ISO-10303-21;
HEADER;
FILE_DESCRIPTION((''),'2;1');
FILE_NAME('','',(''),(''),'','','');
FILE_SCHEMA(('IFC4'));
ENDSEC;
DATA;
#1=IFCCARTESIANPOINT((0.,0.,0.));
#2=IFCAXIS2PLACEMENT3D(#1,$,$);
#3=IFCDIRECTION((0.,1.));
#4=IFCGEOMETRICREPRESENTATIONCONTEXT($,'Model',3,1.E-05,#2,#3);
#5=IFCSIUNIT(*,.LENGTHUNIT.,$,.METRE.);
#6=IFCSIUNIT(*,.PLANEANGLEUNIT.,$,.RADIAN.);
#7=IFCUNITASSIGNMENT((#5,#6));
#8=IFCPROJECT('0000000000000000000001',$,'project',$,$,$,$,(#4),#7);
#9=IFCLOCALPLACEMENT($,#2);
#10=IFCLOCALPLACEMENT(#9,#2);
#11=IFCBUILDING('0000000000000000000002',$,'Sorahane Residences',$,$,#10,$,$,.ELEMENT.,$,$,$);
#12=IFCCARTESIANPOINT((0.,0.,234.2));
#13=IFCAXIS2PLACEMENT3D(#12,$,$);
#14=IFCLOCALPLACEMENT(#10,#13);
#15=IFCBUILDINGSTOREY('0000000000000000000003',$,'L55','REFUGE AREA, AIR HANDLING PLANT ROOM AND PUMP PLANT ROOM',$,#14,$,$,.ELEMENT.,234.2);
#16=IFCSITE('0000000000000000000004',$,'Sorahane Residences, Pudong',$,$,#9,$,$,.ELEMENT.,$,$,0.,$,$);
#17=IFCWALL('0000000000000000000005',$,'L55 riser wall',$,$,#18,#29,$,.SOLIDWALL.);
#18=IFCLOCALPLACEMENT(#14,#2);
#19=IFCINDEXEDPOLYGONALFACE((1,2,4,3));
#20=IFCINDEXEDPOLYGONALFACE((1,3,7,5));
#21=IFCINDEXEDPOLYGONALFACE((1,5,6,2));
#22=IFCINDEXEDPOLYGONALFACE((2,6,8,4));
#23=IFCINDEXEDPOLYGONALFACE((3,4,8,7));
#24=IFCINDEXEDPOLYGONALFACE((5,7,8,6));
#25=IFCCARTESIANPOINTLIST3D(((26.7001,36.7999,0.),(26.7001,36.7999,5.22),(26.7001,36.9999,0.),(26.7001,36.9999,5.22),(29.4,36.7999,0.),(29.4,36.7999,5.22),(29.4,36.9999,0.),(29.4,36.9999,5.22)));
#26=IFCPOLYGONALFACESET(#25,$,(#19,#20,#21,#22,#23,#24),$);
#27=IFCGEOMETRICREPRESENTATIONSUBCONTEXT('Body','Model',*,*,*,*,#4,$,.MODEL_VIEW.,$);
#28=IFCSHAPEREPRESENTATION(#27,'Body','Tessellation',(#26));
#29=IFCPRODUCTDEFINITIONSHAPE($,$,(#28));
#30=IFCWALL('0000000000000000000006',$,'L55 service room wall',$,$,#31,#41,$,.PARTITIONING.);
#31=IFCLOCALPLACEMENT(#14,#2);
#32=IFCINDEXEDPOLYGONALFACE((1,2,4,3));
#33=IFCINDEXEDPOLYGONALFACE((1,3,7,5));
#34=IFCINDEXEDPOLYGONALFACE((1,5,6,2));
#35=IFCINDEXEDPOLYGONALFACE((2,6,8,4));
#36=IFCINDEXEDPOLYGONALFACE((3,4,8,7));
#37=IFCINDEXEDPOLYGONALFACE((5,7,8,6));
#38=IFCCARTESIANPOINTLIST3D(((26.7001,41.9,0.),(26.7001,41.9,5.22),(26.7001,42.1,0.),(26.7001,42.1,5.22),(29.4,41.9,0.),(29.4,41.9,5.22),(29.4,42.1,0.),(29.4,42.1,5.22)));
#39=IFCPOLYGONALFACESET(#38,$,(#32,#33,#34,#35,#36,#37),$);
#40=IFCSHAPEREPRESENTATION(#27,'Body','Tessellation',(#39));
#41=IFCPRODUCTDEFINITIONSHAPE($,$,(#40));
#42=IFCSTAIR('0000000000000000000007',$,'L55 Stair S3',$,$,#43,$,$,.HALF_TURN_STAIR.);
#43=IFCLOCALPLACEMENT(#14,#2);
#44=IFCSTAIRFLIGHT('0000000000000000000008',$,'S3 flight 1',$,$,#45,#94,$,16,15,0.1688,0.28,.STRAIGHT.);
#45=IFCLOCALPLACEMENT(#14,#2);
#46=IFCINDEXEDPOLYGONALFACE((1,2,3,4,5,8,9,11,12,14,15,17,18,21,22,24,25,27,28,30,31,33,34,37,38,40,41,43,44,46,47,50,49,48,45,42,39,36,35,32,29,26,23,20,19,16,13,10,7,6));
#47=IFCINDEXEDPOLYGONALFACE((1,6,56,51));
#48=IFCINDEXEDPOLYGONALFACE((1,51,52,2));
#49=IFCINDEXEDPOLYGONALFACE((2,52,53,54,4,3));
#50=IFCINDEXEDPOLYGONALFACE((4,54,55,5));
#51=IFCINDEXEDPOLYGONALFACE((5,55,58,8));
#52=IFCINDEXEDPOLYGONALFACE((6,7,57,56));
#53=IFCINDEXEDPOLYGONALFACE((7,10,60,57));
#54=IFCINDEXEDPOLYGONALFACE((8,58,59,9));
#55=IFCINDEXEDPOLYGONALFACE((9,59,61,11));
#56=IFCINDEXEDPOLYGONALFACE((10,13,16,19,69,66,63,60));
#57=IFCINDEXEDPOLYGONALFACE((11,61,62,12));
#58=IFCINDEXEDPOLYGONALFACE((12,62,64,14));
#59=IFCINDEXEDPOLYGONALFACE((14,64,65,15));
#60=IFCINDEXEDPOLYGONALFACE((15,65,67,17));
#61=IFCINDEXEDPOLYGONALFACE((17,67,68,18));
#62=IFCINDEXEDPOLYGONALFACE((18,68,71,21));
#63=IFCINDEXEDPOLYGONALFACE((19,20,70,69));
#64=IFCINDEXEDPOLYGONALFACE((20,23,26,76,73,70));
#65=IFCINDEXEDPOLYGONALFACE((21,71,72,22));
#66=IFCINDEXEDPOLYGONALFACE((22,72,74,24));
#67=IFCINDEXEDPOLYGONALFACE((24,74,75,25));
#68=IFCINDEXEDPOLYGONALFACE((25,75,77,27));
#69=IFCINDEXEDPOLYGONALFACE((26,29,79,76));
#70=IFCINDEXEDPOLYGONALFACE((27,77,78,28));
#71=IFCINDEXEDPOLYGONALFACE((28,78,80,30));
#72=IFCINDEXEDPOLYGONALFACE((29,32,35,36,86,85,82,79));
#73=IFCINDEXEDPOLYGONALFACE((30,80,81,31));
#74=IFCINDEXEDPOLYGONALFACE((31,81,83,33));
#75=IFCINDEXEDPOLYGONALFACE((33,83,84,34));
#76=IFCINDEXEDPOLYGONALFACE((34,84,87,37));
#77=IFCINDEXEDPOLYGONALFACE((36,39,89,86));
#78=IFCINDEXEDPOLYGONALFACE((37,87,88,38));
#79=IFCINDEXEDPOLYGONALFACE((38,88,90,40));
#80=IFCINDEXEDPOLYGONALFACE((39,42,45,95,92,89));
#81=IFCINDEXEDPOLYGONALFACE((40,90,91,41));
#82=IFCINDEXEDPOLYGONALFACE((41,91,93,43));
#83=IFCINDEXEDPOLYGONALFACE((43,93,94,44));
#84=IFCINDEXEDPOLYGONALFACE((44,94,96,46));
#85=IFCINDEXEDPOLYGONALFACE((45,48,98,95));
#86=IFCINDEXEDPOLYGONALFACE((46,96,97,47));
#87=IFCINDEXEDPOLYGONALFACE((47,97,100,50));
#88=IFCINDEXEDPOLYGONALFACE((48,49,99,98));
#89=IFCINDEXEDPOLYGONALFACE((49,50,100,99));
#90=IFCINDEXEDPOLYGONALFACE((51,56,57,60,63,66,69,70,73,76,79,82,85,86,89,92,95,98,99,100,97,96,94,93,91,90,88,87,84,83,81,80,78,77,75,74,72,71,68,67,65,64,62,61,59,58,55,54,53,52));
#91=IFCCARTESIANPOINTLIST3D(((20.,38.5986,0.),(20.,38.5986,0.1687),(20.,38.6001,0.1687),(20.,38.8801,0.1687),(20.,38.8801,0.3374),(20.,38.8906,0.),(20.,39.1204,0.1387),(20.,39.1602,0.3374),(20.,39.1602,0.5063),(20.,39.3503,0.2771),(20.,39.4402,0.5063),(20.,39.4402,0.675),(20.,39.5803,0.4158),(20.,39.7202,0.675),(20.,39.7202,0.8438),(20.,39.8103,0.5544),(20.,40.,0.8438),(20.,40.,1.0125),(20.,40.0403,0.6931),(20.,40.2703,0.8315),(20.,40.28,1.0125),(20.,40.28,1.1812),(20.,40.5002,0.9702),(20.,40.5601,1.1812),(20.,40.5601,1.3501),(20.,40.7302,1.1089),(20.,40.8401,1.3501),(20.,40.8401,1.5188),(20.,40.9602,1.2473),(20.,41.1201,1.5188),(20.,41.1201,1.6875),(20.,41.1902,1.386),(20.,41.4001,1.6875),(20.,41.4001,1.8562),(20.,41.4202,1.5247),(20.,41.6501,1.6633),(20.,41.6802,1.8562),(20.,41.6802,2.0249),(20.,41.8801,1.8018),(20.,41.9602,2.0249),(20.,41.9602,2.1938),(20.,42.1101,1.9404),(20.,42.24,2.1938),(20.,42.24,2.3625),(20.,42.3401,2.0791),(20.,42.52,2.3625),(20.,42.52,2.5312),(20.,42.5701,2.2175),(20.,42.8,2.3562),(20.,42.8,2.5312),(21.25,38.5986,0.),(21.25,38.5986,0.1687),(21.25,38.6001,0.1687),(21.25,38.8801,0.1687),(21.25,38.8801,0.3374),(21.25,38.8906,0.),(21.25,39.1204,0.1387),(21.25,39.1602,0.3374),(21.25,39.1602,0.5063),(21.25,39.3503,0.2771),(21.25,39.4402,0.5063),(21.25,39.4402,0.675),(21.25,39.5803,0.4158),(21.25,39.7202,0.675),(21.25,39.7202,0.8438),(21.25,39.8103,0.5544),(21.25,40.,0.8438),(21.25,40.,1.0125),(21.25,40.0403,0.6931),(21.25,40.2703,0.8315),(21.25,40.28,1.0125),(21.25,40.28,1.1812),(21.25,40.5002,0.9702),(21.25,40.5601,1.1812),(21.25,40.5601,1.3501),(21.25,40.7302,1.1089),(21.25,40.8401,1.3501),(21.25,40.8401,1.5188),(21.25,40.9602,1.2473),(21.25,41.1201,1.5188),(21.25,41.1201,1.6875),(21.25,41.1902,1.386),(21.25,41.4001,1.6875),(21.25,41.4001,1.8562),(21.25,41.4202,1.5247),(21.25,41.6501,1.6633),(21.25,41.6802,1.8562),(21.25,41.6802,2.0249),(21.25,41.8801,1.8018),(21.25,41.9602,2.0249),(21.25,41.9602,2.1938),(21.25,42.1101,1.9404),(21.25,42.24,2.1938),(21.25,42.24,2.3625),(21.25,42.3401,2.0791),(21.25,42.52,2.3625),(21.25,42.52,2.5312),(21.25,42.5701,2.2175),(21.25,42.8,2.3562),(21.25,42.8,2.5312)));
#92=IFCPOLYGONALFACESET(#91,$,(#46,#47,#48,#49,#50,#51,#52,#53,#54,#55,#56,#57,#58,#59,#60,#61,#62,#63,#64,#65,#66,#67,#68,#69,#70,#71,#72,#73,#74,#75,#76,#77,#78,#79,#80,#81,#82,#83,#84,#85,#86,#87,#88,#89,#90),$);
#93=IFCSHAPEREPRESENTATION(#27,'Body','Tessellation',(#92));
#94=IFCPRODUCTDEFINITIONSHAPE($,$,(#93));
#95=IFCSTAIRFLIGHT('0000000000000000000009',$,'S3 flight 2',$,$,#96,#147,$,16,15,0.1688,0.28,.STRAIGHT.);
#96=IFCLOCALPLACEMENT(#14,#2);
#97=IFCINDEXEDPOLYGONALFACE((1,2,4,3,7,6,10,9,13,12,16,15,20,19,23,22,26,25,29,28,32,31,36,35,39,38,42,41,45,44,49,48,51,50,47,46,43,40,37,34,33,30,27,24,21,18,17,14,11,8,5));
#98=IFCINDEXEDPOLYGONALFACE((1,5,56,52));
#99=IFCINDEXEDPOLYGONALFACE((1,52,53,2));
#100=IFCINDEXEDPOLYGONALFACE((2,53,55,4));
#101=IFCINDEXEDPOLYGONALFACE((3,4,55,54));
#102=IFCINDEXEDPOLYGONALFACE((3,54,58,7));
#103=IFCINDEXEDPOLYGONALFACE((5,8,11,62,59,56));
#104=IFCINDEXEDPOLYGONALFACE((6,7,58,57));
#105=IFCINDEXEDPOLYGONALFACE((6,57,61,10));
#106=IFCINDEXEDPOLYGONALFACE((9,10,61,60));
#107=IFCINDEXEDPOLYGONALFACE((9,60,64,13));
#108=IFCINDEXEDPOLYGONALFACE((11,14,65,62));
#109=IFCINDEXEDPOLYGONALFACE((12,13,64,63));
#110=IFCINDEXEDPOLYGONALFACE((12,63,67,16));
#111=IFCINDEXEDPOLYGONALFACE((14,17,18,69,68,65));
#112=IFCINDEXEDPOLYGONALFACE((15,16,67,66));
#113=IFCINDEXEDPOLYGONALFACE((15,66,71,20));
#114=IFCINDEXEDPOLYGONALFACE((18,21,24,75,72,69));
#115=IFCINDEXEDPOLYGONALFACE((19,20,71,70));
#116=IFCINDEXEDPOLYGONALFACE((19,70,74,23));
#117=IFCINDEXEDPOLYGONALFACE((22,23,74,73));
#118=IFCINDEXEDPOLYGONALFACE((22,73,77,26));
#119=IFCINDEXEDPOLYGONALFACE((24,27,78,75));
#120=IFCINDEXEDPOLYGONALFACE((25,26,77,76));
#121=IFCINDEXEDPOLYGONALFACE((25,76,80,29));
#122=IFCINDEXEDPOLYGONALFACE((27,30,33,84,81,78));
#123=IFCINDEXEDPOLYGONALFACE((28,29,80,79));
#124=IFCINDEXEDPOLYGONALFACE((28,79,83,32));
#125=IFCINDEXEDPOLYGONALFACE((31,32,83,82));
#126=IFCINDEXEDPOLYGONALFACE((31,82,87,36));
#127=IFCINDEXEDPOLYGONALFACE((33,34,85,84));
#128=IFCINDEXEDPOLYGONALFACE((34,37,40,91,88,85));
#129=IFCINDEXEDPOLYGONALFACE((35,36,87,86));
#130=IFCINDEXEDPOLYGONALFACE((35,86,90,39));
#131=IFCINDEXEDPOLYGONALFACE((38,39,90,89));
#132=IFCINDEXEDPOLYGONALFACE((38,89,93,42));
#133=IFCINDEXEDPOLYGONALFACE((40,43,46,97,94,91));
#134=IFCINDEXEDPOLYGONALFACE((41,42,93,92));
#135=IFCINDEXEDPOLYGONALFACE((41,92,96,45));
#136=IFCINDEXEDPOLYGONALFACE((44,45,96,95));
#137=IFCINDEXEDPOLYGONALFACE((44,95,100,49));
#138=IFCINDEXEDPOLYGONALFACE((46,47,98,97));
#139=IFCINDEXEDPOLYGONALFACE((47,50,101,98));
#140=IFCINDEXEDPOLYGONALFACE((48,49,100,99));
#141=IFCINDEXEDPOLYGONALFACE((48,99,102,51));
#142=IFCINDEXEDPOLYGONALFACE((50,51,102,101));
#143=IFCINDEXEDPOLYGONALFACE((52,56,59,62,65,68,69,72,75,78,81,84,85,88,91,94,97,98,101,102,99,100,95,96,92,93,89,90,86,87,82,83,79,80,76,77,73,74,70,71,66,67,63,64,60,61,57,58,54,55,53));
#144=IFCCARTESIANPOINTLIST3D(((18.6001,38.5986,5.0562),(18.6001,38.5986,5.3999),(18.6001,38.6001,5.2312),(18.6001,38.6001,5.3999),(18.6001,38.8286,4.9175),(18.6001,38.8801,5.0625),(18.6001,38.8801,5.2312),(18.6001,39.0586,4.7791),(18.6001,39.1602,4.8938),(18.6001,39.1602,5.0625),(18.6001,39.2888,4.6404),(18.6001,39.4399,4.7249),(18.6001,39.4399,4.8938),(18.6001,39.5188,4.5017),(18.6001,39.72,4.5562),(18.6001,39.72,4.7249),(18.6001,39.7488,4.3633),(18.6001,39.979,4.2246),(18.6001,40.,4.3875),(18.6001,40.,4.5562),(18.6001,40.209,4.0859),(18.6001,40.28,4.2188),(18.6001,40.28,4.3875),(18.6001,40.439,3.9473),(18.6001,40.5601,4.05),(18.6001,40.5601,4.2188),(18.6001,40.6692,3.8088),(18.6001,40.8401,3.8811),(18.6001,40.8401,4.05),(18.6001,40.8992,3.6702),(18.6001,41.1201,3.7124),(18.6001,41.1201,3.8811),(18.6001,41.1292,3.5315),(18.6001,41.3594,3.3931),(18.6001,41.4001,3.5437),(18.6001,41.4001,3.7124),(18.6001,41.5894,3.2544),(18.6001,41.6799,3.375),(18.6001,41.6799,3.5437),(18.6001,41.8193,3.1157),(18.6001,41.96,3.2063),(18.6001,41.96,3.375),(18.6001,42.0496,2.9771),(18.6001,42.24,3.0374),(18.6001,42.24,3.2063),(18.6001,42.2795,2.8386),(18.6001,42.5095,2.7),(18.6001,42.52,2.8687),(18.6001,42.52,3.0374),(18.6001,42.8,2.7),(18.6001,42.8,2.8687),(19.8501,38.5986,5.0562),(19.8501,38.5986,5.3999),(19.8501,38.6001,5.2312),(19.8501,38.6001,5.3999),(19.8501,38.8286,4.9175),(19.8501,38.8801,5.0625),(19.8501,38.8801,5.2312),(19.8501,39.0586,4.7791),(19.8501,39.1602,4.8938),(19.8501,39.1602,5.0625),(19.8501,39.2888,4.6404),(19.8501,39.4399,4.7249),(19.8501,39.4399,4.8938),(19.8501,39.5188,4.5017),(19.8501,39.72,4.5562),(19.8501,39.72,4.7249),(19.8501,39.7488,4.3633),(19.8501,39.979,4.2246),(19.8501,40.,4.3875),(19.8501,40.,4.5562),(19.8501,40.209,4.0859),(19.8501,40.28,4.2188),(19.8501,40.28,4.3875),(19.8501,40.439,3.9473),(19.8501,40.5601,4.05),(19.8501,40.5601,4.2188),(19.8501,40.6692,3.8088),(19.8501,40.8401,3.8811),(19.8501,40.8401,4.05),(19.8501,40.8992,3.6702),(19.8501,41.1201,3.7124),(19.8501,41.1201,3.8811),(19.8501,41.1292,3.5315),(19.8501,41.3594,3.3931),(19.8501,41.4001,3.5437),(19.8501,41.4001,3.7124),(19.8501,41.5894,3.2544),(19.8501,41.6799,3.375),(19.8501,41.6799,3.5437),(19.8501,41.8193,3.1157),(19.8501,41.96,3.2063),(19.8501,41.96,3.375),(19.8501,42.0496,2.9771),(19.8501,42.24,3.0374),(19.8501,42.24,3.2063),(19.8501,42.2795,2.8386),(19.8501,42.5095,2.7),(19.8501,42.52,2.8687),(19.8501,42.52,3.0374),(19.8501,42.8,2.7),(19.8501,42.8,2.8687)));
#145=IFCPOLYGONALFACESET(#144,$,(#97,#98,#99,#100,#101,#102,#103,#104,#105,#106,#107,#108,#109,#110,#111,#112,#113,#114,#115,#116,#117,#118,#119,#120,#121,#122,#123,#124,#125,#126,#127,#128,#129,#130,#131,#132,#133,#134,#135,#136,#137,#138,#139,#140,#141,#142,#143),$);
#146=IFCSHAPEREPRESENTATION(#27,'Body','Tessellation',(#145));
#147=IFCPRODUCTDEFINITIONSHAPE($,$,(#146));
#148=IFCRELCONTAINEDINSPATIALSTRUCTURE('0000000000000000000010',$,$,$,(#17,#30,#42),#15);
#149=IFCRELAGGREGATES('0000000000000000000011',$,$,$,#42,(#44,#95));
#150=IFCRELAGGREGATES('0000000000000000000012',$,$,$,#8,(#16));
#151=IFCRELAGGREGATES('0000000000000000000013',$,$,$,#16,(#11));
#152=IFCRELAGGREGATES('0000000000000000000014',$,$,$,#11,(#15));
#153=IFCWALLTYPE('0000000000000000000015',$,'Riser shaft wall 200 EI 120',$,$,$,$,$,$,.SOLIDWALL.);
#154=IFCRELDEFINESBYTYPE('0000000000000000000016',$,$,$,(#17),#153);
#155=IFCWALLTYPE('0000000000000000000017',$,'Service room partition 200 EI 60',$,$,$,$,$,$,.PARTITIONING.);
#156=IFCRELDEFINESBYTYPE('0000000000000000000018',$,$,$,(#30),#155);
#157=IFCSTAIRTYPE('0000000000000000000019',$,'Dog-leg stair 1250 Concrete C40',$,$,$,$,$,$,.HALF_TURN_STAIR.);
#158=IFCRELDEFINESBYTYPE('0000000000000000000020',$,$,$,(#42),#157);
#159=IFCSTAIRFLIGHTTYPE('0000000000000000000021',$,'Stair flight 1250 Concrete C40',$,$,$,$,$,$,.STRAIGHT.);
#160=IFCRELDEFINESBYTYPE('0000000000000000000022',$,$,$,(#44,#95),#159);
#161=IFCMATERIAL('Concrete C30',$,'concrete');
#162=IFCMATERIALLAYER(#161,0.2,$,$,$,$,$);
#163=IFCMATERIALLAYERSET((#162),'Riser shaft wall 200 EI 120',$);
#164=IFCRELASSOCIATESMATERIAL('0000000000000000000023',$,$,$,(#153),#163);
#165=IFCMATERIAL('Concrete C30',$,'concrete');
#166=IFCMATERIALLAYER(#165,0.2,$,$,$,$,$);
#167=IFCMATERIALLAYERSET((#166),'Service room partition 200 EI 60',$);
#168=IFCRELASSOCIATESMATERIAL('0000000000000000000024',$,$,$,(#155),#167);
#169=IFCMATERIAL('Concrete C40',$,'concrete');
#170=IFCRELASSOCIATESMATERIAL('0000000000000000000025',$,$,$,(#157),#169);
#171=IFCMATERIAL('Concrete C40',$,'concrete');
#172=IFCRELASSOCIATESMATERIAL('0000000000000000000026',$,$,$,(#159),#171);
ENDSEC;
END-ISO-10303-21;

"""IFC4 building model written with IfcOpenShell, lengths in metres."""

from ifc_helpers import new_model, si_unit, direction, frame, frame_2d, origin, place, context, subcontext, project, spatial, polyline, rectangle, outline, extrude, material, layer, layer_set, type_object, element, aggregate, save


model = new_model("IFC4")

# Units and contexts
model_context = context("Model", 3, precision=1e-05, world=origin(), true_north=direction((0.0, 1.0)))
body_context = subcontext(model_context, "Body", "Model", "MODEL_VIEW")
ifc_project = project(units=[si_unit("LENGTHUNIT", "METRE"), si_unit("PLANEANGLEUNIT", "RADIAN")], contexts=[model_context])

# Site, building, storey
site_placement = place(None, origin())
site = spatial("IfcSite", under=ifc_project, at=site_placement, Name="Sorahane Residences, Pudong", CompositionType="ELEMENT", RefElevation=0.0)
building_placement = place(site_placement, origin())
building = spatial("IfcBuilding", under=site, at=building_placement, Name="Sorahane Residences", CompositionType="ELEMENT")
storey_placement = place(building_placement, frame((0.0, 0.0, 234.2)))
storey = spatial("IfcBuildingStorey", under=building, at=storey_placement, Name="L55", Description="REFUGE AREA, AIR HANDLING PLANT ROOM AND PUMP PLANT ROOM", CompositionType="ELEMENT", Elevation=234.2)

# Walls
ifc_material_1 = material(Name="Concrete C30", Category="concrete")
ifc_layer_1 = layer(ifc_material_1, 0.2)
ifc_layer_set_1 = layer_set([ifc_layer_1], Name="Riser shaft wall 200 EI 120")
wall_type_1 = type_object("IfcWallType", Name="Riser shaft wall 200 EI 120", PredefinedType="SOLIDWALL", material=ifc_layer_set_1)
wall_1_placement = place(storey_placement, frame((26.7, 36.8999, 0.0), z_axis=(0.0, 0.0, 1.0), x_axis=(1.0, 0.0, 0.0)))
element("IfcWall", 1, at=wall_1_placement, inside=storey, type_object=wall_type_1, Name="L55 riser wall", PredefinedType="SOLIDWALL", context=body_context, shape_type="SweptSolid", body=[
    extrude(rectangle(XDim=2.7, YDim=0.2, at=frame_2d((1.3501, 0.0))), origin(), (0.0, 0.0, 1.0), 5.22),
])
ifc_material_2 = material(Name="Concrete C30", Category="concrete")
ifc_layer_2 = layer(ifc_material_2, 0.2)
ifc_layer_set_2 = layer_set([ifc_layer_2], Name="Service room partition 200 EI 60")
wall_type_2 = type_object("IfcWallType", Name="Service room partition 200 EI 60", PredefinedType="PARTITIONING", material=ifc_layer_set_2)
wall_2_placement = place(storey_placement, frame((26.7, 42.0, 0.0), z_axis=(0.0, 0.0, 1.0), x_axis=(1.0, 0.0, 0.0)))
element("IfcWall", 2, at=wall_2_placement, inside=storey, type_object=wall_type_2, Name="L55 service room wall", PredefinedType="PARTITIONING", context=body_context, shape_type="SweptSolid", body=[
    extrude(rectangle(XDim=2.7, YDim=0.2, at=frame_2d((1.3501, 0.0))), origin(), (0.0, 0.0, 1.0), 5.22),
])

# Stair, stair flights
ifc_material_3 = material(Name="Concrete C40", Category="concrete")
stair_type = type_object("IfcStairType", Name="Dog-leg stair 1250 Concrete C40", PredefinedType="HALF_TURN_STAIR", material=ifc_material_3)
stair_placement = place(storey_placement, origin())
stair = element("IfcStair", 3, at=stair_placement, inside=storey, type_object=stair_type, Name="L55 Stair S3", PredefinedType="HALF_TURN_STAIR")
ifc_material_4 = material(Name="Concrete C40", Category="concrete")
stair_flight_type = type_object("IfcStairFlightType", Name="Stair flight 1250 Concrete C40", PredefinedType="STRAIGHT", material=ifc_material_4)
stair_flight_1_placement = place(storey_placement, frame((20.625, 38.6001, 0.0), z_axis=(0.0, 0.0, 1.0), x_axis=(0.0, 1.0, 0.0)))
stair_flight_1 = element("IfcStairFlight", 4, at=stair_flight_1_placement, type_object=stair_flight_type, Name="S3 flight 1", NumberOfRisers=16, NumberOfTreads=15, PredefinedType="STRAIGHT", RiserHeight=0.1688, TreadLength=0.28, context=body_context, shape_type="SweptSolid", body=[
    extrude(outline(polyline([(-0.0015, 0.0), (-0.0015, 0.1687), (0.0, 0.1687), (0.28, 0.1687), (0.28, 0.3374), (0.5601, 0.3374), (0.5601, 0.5063), (0.8401, 0.5063), (0.8401, 0.675), (1.1201, 0.675), (1.1201, 0.8438), (1.3999, 0.8438), (1.3999, 1.0125), (1.6799, 1.0125), (1.6799, 1.1812), (1.96, 1.1812), (1.96, 1.3501), (2.24, 1.3501), (2.24, 1.5188), (2.52, 1.5188), (2.52, 1.6875), (2.8, 1.6875), (2.8, 1.8562), (3.0801, 1.8562), (3.0801, 2.0249), (3.3601, 2.0249), (3.3601, 2.1938), (3.6399, 2.1938), (3.6399, 2.3625), (3.9199, 2.3625), (3.9199, 2.5312), (4.2, 2.5312), (4.2, 2.7), (4.2, 2.3562), (3.97, 2.2175), (3.74, 2.0791), (3.51, 1.9404), (3.28, 1.8018), (3.05, 1.6633), (2.8201, 1.5247), (2.5901, 1.386), (2.3601, 1.2473), (2.1301, 1.1089), (1.9001, 0.9702), (1.6702, 0.8315), (1.4402, 0.6931), (1.2102, 0.5544), (0.9802, 0.4158), (0.7502, 0.2771), (0.5203, 0.1387), (0.2905, 0.0), (-0.0015, 0.0)])), frame((0.0, 0.625, 0.0), z_axis=(0.0, -1.0, 0.0), x_axis=(1.0, 0.0, 0.0)), (0.0, 0.0, 1.0), 1.25),
])
stair_flight_2_placement = place(storey_placement, frame((19.2251, 42.8, 2.7), z_axis=(0.0, 0.0, 1.0), x_axis=(0.0, -1.0, 0.0)))
stair_flight_2 = element("IfcStairFlight", 5, at=stair_flight_2_placement, type_object=stair_flight_type, Name="S3 flight 2", NumberOfRisers=16, NumberOfTreads=15, PredefinedType="STRAIGHT", RiserHeight=0.1688, TreadLength=0.28, context=body_context, shape_type="SweptSolid", body=[
    extrude(outline(polyline([(0.0, 0.0), (0.0, 0.1687), (0.28, 0.1687), (0.28, 0.3374), (0.5601, 0.3374), (0.5601, 0.5063), (0.8401, 0.5063), (0.8401, 0.675), (1.1201, 0.675), (1.1201, 0.8438), (1.3999, 0.8438), (1.3999, 1.0125), (1.6799, 1.0125), (1.6799, 1.1812), (1.96, 1.1812), (1.96, 1.3501), (2.24, 1.3501), (2.24, 1.5188), (2.52, 1.5188), (2.52, 1.6875), (2.8, 1.6875), (2.8, 1.8562), (3.0801, 1.8562), (3.0801, 2.0249), (3.3601, 2.0249), (3.3601, 2.1938), (3.6399, 2.1938), (3.6399, 2.3625), (3.9199, 2.3625), (3.9199, 2.5312), (4.2, 2.5312), (4.2, 2.7), (4.2014, 2.7), (4.2014, 2.3562), (3.9714, 2.2175), (3.7415, 2.0791), (3.5112, 1.9404), (3.2812, 1.8018), (3.0513, 1.6633), (2.821, 1.5247), (2.5911, 1.386), (2.3611, 1.2473), (2.1309, 1.1089), (1.9009, 0.9702), (1.6709, 0.8315), (1.4407, 0.6931), (1.2107, 0.5544), (0.9807, 0.4158), (0.7505, 0.2771), (0.5205, 0.1387), (0.2905, 0.0), (0.0, 0.0)])), frame((0.0, 0.625, 0.0), z_axis=(0.0, -1.0, 0.0), x_axis=(1.0, 0.0, 0.0)), (0.0, 0.0, 1.0), 1.25),
])
aggregate(stair, [stair_flight_1, stair_flight_2])

save(model, "model.ifc")
